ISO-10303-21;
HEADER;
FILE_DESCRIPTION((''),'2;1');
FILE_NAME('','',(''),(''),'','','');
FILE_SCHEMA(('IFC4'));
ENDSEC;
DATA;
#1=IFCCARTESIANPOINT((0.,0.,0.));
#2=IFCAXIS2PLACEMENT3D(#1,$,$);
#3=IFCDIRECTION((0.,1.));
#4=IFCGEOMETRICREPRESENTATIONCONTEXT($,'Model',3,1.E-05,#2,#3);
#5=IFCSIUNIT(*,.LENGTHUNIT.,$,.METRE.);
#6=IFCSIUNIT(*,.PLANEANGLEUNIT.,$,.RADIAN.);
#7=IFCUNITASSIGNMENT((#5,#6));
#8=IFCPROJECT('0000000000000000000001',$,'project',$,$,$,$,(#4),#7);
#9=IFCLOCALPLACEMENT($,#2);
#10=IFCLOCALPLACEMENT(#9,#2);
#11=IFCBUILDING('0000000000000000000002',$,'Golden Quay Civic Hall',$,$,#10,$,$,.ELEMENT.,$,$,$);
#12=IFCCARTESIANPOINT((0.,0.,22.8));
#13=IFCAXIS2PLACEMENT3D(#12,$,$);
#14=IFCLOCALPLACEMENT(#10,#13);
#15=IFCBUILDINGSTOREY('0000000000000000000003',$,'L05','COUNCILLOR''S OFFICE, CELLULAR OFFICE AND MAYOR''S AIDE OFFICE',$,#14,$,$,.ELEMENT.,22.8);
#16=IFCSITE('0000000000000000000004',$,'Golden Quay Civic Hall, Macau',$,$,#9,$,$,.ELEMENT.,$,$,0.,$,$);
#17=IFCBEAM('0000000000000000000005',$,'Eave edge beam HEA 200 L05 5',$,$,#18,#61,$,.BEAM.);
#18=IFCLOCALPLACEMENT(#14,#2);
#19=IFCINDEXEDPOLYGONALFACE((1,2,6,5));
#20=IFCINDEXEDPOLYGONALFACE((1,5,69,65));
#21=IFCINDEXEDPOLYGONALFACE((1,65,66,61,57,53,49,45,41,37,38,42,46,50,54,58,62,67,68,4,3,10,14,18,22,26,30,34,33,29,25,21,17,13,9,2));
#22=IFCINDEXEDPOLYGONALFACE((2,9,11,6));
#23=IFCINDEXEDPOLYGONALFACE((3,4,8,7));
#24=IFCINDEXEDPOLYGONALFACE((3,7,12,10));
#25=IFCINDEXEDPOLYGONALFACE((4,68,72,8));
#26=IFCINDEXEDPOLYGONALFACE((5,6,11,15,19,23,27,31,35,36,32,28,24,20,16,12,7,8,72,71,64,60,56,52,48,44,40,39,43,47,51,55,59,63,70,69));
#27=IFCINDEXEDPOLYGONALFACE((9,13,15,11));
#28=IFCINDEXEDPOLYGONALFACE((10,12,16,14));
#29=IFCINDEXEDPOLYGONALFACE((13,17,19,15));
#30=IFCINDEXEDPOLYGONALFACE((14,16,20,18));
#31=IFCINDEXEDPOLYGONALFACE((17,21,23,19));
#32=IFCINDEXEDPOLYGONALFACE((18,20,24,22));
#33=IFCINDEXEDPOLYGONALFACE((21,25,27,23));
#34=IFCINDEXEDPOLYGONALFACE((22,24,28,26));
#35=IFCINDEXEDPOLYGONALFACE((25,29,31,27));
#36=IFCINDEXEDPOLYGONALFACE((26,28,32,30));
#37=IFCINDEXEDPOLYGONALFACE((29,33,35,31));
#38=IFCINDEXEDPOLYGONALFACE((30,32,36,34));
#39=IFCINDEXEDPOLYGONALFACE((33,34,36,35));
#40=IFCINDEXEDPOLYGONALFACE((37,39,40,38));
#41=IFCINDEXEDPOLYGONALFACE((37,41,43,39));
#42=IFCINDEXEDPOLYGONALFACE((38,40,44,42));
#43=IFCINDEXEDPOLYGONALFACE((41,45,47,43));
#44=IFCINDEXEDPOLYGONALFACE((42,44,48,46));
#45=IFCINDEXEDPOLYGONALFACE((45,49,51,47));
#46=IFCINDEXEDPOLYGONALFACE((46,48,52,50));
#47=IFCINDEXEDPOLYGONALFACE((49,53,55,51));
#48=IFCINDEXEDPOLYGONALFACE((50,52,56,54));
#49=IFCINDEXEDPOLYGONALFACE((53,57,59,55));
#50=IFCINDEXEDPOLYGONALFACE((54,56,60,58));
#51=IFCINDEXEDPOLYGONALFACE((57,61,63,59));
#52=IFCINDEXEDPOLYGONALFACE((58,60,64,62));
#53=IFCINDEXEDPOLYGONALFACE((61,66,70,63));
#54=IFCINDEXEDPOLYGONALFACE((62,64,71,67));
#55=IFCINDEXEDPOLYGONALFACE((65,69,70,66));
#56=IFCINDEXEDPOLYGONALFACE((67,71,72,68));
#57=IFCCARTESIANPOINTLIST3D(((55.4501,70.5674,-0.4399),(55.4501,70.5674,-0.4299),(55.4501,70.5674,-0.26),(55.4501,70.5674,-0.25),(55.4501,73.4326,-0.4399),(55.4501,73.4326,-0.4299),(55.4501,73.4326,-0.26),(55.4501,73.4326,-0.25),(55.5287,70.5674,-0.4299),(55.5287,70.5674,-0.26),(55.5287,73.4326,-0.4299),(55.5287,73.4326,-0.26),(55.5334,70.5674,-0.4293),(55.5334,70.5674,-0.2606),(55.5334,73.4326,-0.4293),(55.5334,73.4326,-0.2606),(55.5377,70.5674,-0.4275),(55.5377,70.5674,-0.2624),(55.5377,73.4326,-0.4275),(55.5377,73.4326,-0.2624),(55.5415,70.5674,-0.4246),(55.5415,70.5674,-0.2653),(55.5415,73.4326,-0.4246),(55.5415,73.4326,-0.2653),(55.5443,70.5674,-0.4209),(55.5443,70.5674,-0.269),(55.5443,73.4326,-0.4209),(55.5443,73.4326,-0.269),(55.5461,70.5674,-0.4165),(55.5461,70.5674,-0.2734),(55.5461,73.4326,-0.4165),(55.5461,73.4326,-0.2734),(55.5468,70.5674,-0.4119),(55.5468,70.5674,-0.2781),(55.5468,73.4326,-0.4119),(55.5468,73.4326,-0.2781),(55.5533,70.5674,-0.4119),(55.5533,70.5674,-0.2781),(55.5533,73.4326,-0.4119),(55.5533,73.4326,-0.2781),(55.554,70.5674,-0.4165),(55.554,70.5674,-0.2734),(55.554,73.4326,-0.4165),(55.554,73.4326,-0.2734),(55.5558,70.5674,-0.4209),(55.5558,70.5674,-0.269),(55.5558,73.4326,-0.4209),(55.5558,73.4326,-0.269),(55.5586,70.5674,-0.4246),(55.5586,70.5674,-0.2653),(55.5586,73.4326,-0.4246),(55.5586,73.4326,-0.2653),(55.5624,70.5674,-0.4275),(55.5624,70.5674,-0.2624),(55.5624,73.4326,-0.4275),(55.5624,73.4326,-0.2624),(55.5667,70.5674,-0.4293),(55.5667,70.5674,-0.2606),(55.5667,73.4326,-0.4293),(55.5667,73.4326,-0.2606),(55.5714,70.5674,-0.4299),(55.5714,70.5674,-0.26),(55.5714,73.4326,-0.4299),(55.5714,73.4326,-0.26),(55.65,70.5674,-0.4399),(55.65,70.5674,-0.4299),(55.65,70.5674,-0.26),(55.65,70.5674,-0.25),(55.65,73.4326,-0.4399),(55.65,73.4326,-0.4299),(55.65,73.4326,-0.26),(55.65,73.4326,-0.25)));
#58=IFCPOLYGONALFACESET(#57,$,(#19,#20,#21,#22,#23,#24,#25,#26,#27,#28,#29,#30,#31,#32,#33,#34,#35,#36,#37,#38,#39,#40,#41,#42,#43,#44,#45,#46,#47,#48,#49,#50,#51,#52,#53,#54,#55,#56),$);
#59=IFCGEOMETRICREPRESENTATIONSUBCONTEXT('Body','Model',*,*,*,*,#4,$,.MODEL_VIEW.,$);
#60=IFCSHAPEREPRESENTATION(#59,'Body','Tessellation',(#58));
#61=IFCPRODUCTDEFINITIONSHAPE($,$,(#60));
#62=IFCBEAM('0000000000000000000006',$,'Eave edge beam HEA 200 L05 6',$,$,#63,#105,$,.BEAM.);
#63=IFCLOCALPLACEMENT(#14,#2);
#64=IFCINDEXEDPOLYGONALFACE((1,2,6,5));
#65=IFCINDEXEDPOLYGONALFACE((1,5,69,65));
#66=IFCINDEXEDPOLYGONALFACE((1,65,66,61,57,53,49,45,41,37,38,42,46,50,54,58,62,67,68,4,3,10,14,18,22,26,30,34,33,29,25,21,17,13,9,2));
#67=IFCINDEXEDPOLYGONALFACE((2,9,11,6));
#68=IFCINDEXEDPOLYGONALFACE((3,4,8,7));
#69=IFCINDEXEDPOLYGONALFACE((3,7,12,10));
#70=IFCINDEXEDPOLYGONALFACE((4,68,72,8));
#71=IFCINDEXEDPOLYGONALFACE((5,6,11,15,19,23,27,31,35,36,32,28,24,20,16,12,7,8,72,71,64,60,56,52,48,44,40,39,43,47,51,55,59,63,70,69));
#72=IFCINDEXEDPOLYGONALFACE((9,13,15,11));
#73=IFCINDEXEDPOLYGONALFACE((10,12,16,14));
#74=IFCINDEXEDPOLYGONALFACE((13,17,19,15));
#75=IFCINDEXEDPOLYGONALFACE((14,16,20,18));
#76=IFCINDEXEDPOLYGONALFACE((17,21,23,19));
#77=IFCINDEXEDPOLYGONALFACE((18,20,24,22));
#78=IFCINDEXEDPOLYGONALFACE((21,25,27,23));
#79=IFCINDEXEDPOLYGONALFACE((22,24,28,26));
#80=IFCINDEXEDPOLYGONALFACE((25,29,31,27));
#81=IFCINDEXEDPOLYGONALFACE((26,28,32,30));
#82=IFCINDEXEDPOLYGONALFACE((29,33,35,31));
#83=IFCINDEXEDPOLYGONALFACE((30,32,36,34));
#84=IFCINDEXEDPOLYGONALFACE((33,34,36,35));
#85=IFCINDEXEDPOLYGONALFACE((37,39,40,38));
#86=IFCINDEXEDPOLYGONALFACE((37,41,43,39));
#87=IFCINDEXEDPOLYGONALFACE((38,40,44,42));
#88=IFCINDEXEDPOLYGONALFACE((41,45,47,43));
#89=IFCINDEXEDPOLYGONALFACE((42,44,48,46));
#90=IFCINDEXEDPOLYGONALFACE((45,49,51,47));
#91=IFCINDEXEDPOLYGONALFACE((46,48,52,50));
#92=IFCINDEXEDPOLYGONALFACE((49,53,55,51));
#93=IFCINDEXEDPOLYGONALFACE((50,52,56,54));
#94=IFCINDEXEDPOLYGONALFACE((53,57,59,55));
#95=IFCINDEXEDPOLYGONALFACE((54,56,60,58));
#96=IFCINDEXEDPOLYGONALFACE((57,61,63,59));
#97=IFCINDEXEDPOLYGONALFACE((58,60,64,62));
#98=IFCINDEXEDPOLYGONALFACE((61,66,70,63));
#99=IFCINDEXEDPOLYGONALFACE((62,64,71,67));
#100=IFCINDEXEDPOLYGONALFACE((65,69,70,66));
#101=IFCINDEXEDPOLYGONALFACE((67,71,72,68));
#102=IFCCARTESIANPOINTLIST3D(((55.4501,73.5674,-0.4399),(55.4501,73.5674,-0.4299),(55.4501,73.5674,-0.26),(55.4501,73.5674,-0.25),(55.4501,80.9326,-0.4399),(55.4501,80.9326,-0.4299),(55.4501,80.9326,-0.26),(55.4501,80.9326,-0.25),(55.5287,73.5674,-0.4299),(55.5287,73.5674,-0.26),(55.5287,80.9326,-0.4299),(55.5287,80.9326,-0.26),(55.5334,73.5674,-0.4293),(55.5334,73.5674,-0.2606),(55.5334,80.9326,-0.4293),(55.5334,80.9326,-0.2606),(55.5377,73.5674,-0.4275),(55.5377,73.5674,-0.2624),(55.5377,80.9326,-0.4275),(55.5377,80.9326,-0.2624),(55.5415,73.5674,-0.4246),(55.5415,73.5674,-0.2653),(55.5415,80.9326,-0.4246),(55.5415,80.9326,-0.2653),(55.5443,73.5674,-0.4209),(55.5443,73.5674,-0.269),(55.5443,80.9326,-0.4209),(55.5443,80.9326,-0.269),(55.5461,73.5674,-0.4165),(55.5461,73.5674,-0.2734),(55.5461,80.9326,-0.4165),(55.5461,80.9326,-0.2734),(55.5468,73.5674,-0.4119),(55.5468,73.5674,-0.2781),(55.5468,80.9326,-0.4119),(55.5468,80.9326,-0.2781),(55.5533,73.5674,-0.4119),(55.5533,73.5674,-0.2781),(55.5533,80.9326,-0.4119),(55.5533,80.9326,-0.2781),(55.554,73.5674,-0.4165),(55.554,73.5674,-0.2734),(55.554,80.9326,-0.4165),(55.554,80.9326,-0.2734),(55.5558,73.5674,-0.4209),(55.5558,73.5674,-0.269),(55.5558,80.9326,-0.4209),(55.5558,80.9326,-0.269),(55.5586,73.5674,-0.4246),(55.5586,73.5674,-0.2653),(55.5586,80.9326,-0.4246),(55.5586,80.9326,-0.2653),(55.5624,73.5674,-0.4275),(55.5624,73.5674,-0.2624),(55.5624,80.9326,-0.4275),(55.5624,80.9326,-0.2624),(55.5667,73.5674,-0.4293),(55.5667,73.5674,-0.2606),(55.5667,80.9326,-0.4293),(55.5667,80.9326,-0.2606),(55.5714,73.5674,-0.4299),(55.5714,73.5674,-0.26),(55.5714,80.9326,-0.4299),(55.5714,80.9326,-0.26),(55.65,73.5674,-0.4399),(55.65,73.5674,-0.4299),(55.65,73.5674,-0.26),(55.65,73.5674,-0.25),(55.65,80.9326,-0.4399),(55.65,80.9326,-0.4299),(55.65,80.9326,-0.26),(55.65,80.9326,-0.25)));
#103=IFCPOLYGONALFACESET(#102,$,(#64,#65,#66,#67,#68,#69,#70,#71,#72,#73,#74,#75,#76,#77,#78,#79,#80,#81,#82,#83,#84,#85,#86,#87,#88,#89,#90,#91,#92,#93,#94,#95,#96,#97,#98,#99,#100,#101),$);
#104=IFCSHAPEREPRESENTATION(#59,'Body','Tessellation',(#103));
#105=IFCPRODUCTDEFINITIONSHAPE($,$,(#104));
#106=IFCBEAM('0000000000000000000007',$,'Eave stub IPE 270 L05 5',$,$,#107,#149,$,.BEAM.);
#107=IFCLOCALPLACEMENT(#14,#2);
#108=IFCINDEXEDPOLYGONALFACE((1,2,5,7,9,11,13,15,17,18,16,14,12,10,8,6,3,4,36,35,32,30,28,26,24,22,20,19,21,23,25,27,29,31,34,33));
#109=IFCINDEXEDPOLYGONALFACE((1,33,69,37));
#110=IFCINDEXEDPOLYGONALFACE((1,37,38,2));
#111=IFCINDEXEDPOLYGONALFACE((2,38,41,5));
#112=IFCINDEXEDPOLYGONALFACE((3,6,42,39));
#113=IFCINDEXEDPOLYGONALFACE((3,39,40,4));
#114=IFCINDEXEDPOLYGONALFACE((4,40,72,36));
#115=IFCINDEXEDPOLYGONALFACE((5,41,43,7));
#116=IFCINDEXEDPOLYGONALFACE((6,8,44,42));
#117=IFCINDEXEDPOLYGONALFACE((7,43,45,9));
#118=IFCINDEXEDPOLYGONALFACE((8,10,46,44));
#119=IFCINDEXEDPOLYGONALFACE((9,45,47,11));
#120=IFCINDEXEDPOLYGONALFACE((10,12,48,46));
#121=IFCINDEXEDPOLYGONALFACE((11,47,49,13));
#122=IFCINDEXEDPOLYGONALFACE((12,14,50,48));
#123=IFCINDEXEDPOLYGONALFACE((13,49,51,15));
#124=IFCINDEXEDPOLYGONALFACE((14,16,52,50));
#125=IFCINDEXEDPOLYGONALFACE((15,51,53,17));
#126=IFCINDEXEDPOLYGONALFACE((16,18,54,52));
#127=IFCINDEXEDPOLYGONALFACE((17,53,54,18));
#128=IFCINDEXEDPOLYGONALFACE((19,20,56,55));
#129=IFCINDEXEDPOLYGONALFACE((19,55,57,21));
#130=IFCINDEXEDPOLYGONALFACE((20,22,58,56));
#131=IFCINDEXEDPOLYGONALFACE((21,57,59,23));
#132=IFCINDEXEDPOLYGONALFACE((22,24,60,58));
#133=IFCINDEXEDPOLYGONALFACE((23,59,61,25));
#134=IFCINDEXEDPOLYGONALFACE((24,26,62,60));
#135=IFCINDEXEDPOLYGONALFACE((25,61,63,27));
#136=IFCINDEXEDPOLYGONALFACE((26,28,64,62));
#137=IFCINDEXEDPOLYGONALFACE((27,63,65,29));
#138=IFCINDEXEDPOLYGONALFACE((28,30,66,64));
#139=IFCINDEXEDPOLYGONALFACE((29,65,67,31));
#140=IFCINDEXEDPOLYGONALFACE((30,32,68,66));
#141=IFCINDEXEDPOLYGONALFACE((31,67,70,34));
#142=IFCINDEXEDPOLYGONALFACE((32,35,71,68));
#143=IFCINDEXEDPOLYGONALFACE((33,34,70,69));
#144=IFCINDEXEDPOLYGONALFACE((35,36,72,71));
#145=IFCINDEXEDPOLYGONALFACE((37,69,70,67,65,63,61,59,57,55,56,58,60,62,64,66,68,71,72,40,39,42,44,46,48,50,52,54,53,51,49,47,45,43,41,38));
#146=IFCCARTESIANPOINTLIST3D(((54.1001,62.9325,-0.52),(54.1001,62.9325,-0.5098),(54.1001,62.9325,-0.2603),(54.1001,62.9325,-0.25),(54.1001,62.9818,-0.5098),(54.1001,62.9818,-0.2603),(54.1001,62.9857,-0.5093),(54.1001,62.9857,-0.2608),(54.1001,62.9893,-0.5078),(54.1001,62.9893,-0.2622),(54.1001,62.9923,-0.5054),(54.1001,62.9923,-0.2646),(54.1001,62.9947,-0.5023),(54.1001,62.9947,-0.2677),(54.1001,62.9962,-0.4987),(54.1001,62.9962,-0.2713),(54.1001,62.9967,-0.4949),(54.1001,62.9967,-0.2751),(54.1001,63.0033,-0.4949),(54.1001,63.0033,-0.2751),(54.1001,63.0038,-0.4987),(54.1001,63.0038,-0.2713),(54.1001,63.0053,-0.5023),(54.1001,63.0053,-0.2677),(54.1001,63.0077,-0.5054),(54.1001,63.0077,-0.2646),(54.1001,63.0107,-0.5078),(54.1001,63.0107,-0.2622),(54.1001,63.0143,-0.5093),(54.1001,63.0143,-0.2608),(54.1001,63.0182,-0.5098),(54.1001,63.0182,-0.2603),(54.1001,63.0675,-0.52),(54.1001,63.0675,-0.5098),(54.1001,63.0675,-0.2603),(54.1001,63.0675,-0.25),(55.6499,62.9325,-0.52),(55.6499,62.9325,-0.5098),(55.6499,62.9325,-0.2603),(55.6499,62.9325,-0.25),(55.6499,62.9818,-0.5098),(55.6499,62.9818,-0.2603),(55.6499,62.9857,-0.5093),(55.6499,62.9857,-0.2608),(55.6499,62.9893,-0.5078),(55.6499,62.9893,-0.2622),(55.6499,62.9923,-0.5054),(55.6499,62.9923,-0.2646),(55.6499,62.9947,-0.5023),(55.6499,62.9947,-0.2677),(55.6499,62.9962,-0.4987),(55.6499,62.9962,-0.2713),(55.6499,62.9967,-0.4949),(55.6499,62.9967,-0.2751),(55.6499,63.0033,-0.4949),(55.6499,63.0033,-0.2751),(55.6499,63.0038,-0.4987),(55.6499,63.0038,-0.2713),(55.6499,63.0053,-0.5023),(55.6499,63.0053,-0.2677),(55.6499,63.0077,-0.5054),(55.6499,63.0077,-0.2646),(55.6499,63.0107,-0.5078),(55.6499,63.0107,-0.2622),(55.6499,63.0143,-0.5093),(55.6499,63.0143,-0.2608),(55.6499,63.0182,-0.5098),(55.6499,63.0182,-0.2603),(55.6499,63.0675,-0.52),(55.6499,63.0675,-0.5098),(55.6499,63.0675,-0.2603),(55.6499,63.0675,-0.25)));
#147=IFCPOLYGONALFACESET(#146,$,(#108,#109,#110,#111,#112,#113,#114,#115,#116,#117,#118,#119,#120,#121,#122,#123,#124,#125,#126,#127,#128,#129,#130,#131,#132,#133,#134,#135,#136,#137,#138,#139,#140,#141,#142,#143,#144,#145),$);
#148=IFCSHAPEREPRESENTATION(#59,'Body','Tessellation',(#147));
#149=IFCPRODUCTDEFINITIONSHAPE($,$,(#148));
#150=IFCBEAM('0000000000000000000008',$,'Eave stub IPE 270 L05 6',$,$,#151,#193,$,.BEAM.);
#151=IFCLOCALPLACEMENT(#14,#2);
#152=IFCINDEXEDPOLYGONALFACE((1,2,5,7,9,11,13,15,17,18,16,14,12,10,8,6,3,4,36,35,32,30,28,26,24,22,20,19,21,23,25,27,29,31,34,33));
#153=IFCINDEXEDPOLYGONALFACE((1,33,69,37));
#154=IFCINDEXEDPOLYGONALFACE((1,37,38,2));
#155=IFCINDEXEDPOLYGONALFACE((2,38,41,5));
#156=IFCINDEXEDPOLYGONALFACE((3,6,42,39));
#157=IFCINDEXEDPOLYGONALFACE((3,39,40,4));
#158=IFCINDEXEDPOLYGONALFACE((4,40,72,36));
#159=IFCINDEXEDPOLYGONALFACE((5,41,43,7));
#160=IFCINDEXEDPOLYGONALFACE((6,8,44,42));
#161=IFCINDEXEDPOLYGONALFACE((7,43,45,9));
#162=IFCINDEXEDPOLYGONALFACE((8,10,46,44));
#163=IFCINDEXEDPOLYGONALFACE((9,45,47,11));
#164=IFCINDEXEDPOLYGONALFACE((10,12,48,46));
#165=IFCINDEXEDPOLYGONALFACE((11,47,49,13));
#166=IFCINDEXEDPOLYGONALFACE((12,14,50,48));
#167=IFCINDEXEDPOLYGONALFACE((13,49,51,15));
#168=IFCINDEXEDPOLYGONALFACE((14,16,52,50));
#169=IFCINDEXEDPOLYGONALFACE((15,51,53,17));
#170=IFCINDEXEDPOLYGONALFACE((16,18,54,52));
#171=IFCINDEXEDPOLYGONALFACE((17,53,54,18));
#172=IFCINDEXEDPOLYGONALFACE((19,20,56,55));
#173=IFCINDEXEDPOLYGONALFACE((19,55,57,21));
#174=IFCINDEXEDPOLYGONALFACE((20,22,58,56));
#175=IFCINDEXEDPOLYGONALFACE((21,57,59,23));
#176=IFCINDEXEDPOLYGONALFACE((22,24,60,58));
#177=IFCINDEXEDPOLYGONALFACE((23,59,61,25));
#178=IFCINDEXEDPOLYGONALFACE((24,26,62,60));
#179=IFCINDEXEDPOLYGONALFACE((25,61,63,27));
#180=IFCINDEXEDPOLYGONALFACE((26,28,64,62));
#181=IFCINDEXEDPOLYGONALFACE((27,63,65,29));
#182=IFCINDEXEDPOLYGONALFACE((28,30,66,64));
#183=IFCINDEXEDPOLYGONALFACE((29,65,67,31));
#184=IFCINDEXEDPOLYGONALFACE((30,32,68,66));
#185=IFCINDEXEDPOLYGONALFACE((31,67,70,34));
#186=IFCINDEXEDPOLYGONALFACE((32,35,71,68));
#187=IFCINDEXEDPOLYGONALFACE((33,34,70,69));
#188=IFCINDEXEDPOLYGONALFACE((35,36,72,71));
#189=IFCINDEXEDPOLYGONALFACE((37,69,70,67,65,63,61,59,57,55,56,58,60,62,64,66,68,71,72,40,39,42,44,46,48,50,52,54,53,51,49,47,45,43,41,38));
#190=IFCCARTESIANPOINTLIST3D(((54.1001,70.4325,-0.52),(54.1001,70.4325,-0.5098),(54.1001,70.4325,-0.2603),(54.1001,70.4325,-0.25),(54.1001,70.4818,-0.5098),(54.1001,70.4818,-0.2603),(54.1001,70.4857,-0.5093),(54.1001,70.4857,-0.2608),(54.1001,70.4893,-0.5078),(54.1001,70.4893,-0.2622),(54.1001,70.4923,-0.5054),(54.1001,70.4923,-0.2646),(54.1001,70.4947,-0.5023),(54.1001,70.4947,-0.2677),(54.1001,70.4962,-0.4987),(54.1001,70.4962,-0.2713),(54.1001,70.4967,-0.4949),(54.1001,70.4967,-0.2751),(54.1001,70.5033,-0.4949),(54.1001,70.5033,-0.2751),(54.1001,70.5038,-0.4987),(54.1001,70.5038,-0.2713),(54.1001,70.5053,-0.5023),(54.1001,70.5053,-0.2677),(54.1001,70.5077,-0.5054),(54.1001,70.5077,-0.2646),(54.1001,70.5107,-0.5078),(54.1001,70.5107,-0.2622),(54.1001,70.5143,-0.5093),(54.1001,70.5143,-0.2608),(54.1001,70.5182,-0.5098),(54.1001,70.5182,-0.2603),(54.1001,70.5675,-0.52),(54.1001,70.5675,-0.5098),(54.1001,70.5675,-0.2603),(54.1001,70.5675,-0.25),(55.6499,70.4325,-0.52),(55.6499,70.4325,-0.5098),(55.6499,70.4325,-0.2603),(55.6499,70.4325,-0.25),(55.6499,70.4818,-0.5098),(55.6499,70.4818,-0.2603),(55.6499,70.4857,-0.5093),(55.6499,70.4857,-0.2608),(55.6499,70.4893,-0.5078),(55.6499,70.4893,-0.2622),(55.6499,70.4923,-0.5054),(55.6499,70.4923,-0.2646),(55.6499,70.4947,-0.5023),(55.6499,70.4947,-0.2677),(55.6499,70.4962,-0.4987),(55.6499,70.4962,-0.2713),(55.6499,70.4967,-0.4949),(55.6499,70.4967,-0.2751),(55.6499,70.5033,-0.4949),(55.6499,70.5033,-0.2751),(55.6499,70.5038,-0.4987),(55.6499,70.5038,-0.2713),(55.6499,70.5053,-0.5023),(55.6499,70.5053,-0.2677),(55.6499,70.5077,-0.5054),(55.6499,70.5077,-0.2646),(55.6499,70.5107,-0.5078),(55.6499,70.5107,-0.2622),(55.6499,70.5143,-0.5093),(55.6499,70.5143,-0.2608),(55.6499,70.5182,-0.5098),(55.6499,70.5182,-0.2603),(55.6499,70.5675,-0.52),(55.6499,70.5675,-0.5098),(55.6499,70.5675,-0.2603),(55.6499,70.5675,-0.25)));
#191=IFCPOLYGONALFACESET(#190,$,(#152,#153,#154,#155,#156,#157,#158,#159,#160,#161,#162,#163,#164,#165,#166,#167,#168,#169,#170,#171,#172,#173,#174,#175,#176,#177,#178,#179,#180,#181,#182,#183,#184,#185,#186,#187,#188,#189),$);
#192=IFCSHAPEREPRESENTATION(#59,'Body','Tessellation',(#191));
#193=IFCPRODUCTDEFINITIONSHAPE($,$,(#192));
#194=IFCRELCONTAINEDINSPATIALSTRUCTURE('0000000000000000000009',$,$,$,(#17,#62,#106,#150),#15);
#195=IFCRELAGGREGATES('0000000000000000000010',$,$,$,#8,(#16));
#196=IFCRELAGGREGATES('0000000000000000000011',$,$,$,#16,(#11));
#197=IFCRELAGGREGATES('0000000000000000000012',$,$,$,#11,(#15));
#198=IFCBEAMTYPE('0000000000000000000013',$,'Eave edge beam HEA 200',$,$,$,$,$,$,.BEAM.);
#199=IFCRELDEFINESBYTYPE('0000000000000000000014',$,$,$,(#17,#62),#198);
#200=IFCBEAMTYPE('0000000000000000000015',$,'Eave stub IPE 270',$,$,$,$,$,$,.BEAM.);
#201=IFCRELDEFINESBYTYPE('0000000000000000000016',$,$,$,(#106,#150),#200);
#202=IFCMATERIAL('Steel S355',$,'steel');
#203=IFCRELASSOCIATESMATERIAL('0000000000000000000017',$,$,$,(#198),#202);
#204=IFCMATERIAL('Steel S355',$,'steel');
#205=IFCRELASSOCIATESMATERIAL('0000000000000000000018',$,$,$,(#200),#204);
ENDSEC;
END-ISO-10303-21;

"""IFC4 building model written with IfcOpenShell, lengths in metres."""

from ifc_helpers import new_model, si_unit, direction, frame, origin, origin_2d, place, context, subcontext, project, spatial, i_section, extrude, material, material_profile, profile_set, type_object, element, save


model = new_model("IFC4")

# Units and contexts
model_context = context("Model", 3, precision=1e-05, world=origin(), true_north=direction((0.0, 1.0)))
body_context = subcontext(model_context, "Body", "Model", "MODEL_VIEW")
ifc_project = project(units=[si_unit("LENGTHUNIT", "METRE"), si_unit("PLANEANGLEUNIT", "RADIAN")], contexts=[model_context])

# Site, building, storey
site_placement = place(None, origin())
site = spatial("IfcSite", under=ifc_project, at=site_placement, Name="Golden Quay Civic Hall, Macau", CompositionType="ELEMENT", RefElevation=0.0)
building_placement = place(site_placement, origin())
building = spatial("IfcBuilding", under=site, at=building_placement, Name="Golden Quay Civic Hall", CompositionType="ELEMENT")
storey_placement = place(building_placement, frame((0.0, 0.0, 22.8)))
storey = spatial("IfcBuildingStorey", under=building, at=storey_placement, Name="L05", Description="COUNCILLOR'S OFFICE, CELLULAR OFFICE AND MAYOR'S AIDE OFFICE", CompositionType="ELEMENT", Elevation=22.8)

# Beams
ifc_material_1 = material(Name="Steel S355", Category="steel")
ifc_material_profile_1 = material_profile(ifc_material_1, i_section(OverallWidth=0.2, OverallDepth=0.1899, WebThickness=0.0066, FlangeThickness=0.01, FilletRadius=0.0181, at=origin_2d()), Name="HEA 200")
ifc_profile_set_1 = profile_set([ifc_material_profile_1], Name="Steel S355")
beam_type_1 = type_object("IfcBeamType", Name="Eave edge beam HEA 200", PredefinedType="BEAM", material=ifc_profile_set_1)
beam_1_placement = place(storey_placement, frame((55.55, 70.5674, -0.345), z_axis=(0.0, 1.0, 0.0), x_axis=(-1.0, 0.0, 0.0)))
element("IfcBeam", 1, at=beam_1_placement, inside=storey, type_object=beam_type_1, Name="Eave edge beam HEA 200 L05 5", PredefinedType="BEAM", context=body_context, shape_type="SweptSolid", body=[
    extrude(i_section(OverallWidth=0.2, OverallDepth=0.1899, WebThickness=0.0066, FlangeThickness=0.01, FilletRadius=0.0181, at=origin_2d()), origin(), (0.0, 0.0, 1.0), 2.8652),
])
beam_2_placement = place(storey_placement, frame((55.55, 73.5674, -0.345), z_axis=(0.0, 1.0, 0.0), x_axis=(-1.0, 0.0, 0.0)))
element("IfcBeam", 2, at=beam_2_placement, inside=storey, type_object=beam_type_1, Name="Eave edge beam HEA 200 L05 6", PredefinedType="BEAM", context=body_context, shape_type="SweptSolid", body=[
    extrude(i_section(OverallWidth=0.2, OverallDepth=0.1899, WebThickness=0.0066, FlangeThickness=0.01, FilletRadius=0.0181, at=origin_2d()), origin(), (0.0, 0.0, 1.0), 7.3652),
])
ifc_material_2 = material(Name="Steel S355", Category="steel")
ifc_material_profile_2 = material_profile(ifc_material_2, i_section(OverallWidth=0.135, OverallDepth=0.27, WebThickness=0.0066, FlangeThickness=0.0103, FilletRadius=0.0149, at=origin_2d()), Name="IPE 270")
ifc_profile_set_2 = profile_set([ifc_material_profile_2], Name="Steel S355")
beam_type_2 = type_object("IfcBeamType", Name="Eave stub IPE 270", PredefinedType="BEAM", material=ifc_profile_set_2)
for number, where, z_axis, x_axis, name in (
    (3, (54.1001, 63.0, -0.385), (1.0, 0.0, 0.0), (0.0, 1.0, 0.0), "Eave stub IPE 270 L05 5"),
    (4, (54.1001, 70.5, -0.385), (1.0, 0.0, 0.0), (0.0, 1.0, 0.0), "Eave stub IPE 270 L05 6"),
):
    element("IfcBeam", number, at=place(storey_placement, frame(where, z_axis=z_axis, x_axis=x_axis)), inside=storey, type_object=beam_type_2, Name=name, PredefinedType="BEAM", context=body_context, shape_type="SweptSolid", body=[
        extrude(i_section(OverallWidth=0.135, OverallDepth=0.27, WebThickness=0.0066, FlangeThickness=0.0103, FilletRadius=0.0149, at=origin_2d()), origin(), (0.0, 0.0, 1.0), 1.5498),
    ])

save(model, "model.ifc")
